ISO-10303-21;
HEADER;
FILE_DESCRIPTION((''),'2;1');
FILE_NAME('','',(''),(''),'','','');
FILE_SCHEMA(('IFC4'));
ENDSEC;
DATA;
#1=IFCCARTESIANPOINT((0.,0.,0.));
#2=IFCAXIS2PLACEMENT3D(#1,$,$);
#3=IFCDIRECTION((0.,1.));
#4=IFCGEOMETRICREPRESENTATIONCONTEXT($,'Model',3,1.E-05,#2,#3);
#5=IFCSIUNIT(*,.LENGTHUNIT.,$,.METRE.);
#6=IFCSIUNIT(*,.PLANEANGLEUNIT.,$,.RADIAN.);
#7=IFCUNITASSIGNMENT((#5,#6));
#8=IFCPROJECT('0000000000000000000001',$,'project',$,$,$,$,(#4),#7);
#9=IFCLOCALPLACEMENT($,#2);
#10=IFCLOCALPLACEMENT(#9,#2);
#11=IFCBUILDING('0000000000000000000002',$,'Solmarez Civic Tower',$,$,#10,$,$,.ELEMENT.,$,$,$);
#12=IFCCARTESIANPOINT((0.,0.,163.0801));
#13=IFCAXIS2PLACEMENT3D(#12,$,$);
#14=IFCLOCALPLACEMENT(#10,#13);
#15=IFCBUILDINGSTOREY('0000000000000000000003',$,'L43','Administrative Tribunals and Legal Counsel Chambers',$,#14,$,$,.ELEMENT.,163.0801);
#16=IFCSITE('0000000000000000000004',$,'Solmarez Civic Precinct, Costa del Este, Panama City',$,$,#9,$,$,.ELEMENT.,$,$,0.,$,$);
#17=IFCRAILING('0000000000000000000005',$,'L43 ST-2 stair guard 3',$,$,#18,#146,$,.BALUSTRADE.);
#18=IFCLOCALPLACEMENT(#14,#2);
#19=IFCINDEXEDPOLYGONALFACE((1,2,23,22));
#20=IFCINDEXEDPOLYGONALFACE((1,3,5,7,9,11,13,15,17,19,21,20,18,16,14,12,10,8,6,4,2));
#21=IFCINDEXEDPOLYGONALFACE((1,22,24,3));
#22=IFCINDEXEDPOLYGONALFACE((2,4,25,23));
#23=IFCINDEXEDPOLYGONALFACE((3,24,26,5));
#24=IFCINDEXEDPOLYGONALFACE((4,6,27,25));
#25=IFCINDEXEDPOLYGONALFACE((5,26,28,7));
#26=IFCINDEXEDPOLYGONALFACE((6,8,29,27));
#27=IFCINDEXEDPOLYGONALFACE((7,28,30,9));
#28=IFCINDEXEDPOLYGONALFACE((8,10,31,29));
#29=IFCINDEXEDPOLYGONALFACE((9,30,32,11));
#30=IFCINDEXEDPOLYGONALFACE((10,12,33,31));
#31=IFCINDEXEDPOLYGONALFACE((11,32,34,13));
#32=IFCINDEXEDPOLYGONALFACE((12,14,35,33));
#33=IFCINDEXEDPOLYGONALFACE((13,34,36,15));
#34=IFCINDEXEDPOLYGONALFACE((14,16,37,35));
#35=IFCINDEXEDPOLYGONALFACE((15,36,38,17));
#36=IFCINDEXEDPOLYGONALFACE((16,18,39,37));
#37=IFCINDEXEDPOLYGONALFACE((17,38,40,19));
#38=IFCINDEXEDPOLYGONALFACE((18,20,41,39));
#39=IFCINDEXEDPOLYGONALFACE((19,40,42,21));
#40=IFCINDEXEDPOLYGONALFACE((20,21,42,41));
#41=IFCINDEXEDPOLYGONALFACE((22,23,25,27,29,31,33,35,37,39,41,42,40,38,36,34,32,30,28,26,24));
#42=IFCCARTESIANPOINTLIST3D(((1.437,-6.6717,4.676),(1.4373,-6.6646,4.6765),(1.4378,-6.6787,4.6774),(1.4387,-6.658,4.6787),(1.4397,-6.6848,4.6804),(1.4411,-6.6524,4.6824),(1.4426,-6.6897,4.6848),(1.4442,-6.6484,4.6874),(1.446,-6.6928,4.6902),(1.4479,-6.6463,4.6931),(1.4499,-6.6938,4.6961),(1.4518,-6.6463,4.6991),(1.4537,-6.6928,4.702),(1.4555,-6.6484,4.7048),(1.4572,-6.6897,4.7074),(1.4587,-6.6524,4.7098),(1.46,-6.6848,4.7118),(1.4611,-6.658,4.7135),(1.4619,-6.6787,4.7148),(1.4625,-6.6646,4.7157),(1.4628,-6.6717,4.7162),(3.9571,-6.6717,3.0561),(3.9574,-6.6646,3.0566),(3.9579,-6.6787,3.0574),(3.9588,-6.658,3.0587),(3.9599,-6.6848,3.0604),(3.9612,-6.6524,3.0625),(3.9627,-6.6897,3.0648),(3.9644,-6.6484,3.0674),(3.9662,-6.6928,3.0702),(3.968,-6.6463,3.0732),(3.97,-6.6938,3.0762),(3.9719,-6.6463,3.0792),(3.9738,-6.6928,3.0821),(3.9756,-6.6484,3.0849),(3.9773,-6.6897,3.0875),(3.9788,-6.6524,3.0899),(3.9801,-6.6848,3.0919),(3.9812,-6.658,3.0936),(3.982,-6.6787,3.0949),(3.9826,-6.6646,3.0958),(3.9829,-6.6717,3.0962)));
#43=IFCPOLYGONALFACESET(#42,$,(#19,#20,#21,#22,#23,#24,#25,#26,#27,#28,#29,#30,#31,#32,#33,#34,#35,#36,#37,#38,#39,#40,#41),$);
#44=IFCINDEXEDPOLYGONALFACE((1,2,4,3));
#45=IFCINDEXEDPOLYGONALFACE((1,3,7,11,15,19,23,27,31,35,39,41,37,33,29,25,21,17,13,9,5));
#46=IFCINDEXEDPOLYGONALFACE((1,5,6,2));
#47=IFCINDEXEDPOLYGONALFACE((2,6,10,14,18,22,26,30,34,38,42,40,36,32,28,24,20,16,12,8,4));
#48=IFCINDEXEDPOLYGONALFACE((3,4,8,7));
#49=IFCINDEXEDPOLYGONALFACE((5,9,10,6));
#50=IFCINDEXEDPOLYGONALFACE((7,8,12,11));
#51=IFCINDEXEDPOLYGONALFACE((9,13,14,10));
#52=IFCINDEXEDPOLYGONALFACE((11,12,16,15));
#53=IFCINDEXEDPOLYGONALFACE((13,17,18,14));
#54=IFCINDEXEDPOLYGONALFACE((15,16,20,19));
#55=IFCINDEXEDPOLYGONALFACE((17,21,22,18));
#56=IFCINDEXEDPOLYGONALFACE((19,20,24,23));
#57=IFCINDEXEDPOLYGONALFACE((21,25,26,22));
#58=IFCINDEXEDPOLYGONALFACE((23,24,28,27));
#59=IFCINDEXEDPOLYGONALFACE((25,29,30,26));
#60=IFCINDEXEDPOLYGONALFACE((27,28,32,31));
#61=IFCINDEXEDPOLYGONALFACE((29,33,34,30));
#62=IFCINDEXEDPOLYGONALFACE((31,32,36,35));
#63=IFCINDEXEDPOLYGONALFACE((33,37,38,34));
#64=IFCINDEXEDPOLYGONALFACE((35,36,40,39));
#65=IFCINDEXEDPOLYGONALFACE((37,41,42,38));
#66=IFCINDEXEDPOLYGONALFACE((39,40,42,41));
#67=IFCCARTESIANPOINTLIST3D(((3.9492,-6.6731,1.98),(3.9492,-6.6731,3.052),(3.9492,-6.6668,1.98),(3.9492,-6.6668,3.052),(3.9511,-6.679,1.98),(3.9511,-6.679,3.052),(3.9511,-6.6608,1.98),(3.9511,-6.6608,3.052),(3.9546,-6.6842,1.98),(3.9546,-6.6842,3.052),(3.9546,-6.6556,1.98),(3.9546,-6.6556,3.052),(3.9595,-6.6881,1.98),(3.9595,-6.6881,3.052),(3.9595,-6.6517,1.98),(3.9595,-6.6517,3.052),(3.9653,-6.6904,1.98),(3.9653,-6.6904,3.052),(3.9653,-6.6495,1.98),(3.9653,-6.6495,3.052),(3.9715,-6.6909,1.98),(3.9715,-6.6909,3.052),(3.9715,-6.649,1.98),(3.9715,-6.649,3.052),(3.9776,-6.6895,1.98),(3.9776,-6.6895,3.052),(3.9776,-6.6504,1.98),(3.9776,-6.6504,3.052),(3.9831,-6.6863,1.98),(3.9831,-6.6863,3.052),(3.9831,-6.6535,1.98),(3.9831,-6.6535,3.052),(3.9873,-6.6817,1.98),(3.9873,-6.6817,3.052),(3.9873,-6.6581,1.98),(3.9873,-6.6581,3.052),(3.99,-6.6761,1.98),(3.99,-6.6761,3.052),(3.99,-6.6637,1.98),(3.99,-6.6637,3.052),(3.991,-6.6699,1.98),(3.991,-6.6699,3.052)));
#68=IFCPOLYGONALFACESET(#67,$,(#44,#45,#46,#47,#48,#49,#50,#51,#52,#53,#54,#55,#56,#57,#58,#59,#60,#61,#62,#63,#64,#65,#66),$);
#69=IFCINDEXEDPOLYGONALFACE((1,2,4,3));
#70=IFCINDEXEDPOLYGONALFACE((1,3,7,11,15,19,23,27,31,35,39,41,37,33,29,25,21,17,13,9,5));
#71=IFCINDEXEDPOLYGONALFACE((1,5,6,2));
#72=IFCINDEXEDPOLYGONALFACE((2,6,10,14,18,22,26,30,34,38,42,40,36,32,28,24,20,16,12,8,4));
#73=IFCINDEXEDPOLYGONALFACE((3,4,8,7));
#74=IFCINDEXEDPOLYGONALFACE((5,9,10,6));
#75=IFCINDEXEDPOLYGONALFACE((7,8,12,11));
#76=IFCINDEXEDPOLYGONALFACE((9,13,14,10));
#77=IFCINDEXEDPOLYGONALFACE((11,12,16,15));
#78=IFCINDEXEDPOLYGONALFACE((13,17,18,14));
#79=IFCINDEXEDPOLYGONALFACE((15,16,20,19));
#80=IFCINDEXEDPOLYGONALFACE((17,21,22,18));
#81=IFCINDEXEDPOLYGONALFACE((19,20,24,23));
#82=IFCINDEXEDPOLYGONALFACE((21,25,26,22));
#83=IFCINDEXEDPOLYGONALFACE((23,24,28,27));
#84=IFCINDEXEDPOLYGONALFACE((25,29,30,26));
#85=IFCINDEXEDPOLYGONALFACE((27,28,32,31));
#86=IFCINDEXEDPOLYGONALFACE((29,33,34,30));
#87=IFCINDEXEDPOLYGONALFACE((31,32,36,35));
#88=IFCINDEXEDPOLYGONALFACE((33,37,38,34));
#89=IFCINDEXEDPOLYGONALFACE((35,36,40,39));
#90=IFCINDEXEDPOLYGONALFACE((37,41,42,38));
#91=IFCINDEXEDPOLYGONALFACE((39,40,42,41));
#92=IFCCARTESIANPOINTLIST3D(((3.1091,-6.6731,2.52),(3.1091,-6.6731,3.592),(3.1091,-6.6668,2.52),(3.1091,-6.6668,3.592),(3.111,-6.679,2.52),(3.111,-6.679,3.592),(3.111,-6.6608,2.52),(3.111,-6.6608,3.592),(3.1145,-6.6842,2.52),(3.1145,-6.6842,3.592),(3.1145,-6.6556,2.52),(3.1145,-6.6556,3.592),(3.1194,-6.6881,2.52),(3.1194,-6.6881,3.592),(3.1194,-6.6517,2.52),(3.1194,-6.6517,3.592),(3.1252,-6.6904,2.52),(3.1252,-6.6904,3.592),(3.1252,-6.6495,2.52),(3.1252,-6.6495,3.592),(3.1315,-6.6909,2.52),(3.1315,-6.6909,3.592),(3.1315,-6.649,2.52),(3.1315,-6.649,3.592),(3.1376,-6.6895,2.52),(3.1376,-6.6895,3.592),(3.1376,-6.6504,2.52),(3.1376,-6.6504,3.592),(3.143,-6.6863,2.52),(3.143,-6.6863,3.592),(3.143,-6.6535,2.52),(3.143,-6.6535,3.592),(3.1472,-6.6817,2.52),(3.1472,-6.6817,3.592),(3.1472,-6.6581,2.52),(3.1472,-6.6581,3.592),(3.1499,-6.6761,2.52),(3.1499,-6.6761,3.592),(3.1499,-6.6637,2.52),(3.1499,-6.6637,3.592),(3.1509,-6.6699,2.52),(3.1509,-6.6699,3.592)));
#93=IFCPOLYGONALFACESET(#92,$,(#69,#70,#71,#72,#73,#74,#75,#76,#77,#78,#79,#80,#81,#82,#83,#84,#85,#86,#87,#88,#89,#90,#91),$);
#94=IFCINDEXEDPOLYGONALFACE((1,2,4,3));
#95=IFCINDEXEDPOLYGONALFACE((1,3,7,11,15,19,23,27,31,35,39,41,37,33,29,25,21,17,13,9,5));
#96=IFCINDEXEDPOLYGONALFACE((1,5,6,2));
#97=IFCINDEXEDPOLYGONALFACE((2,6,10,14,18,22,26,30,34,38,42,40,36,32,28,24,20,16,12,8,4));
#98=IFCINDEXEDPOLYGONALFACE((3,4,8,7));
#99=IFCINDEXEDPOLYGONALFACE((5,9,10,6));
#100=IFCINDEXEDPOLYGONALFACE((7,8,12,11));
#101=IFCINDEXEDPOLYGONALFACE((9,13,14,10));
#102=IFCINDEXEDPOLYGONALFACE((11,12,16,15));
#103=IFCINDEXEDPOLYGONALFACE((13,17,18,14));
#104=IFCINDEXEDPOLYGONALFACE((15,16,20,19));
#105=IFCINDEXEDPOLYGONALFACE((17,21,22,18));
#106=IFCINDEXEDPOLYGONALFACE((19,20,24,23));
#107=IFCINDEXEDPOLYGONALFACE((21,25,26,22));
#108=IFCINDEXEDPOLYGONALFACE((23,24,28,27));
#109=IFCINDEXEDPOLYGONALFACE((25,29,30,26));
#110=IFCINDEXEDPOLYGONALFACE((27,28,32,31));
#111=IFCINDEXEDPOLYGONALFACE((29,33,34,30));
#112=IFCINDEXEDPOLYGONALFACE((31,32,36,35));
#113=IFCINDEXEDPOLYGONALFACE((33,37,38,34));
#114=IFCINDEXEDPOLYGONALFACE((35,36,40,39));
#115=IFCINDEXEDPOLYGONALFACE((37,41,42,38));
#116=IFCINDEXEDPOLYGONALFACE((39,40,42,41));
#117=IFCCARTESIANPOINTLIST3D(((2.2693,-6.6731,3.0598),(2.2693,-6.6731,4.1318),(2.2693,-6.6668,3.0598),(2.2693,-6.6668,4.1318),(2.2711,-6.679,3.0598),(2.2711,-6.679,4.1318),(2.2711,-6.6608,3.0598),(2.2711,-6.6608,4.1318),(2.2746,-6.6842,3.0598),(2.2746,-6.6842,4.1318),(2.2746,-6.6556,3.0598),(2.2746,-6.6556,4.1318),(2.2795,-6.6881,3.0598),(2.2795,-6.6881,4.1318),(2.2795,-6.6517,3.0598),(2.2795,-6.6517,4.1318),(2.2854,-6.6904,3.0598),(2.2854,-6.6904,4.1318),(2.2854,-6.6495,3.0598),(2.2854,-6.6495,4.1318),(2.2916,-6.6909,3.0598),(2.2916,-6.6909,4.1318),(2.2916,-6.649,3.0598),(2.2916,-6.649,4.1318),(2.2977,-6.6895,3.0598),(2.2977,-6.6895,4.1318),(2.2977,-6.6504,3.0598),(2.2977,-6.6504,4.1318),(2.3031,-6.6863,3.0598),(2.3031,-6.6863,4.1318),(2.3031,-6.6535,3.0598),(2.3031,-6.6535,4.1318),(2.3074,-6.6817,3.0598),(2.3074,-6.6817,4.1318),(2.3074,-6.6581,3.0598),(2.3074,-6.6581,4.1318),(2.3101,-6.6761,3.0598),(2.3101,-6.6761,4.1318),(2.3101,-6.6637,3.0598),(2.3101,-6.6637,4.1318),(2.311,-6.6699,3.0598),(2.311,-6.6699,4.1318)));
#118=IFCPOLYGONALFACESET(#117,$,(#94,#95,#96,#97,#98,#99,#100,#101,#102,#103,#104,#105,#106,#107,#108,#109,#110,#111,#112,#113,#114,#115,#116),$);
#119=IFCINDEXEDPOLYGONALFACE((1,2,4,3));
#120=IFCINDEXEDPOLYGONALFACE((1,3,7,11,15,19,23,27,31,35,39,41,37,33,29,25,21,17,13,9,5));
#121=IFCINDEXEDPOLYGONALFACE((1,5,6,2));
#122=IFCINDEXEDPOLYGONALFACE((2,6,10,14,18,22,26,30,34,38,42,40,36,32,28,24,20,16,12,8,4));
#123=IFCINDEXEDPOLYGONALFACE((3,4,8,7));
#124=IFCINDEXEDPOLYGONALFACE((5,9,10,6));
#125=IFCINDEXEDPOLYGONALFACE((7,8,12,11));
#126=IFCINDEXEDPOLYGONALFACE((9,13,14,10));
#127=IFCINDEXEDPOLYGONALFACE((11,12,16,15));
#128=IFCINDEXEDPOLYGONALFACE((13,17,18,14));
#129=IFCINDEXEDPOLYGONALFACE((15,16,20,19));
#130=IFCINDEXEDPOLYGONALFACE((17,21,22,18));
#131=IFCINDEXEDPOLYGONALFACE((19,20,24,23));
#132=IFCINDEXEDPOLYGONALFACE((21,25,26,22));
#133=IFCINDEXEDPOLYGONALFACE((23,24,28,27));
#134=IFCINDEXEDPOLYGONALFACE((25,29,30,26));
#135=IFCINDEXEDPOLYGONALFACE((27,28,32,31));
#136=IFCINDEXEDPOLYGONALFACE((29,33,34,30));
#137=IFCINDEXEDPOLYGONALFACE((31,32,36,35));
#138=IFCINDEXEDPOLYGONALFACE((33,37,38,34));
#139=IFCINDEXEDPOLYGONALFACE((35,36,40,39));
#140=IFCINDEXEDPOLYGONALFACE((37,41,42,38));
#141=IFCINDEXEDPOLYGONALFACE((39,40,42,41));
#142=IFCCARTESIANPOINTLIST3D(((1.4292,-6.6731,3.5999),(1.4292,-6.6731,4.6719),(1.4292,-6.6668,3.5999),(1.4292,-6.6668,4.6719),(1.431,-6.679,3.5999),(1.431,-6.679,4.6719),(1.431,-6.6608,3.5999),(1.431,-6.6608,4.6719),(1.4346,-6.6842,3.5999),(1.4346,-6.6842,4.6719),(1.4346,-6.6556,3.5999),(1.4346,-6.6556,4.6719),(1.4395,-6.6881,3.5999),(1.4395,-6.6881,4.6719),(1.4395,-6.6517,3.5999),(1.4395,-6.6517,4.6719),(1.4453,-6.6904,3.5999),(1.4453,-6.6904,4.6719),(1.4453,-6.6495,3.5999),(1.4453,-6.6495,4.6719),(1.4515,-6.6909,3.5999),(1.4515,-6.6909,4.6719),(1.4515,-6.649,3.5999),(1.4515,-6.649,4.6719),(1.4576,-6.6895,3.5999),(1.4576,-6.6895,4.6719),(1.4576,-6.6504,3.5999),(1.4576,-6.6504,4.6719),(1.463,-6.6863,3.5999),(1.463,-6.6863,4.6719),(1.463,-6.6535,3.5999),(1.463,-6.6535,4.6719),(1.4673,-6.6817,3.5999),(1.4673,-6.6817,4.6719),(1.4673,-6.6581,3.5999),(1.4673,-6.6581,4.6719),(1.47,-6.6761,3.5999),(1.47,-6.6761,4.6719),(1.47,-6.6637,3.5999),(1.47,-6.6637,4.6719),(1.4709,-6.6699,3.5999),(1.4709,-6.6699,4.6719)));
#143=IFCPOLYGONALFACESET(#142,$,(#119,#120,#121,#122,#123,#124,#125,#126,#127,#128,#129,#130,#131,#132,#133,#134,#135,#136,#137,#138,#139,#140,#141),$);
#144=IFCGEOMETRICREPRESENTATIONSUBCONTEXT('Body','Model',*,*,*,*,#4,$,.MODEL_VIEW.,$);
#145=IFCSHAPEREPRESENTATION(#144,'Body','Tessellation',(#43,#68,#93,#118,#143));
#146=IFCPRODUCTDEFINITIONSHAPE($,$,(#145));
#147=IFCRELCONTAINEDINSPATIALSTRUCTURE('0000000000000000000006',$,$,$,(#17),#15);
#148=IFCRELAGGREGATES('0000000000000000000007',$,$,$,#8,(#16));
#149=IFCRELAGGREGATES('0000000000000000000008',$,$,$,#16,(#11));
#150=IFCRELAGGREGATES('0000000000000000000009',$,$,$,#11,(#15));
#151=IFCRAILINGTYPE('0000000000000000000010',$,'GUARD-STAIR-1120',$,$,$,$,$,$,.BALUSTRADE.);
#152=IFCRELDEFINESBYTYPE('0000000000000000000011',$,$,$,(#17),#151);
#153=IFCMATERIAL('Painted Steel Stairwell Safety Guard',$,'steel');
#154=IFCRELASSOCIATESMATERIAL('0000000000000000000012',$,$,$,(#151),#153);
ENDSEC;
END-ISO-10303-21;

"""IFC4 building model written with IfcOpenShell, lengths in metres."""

from ifc_helpers import new_model, si_unit, direction, frame, origin, origin_2d, place, context, subcontext, project, spatial, circle, extrude, material, type_object, element, save


model = new_model("IFC4")

# Units and contexts
model_context = context("Model", 3, precision=1e-05, world=origin(), true_north=direction((0.0, 1.0)))
body_context = subcontext(model_context, "Body", "Model", "MODEL_VIEW")
ifc_project = project(units=[si_unit("LENGTHUNIT", "METRE"), si_unit("PLANEANGLEUNIT", "RADIAN")], contexts=[model_context])

# Site, building, storey
site_placement = place(None, origin())
site = spatial("IfcSite", under=ifc_project, at=site_placement, Name="Solmarez Civic Precinct, Costa del Este, Panama City", CompositionType="ELEMENT", RefElevation=0.0)
building_placement = place(site_placement, origin())
building = spatial("IfcBuilding", under=site, at=building_placement, Name="Solmarez Civic Tower", CompositionType="ELEMENT")
storey_placement = place(building_placement, frame((0.0, 0.0, 163.0801)))
storey = spatial("IfcBuildingStorey", under=building, at=storey_placement, Name="L43", Description="Administrative Tribunals and Legal Counsel Chambers", CompositionType="ELEMENT", Elevation=163.0801)

# Railing
ifc_material_1 = material(Name="Painted Steel Stairwell Safety Guard", Category="steel")
railing_type_1 = type_object("IfcRailingType", Name="GUARD-STAIR-1120", PredefinedType="BALUSTRADE", material=ifc_material_1)
railing_1_placement = place(storey_placement, frame((3.97, -6.6699, 1.98)))
element("IfcRailing", 1, at=railing_1_placement, inside=storey, type_object=railing_type_1, Name="L43 ST-2 stair guard 3", PredefinedType="BALUSTRADE", context=body_context, shape_type="SweptSolid", body=[
    extrude(circle(Radius=0.0239, at=origin_2d()), frame((0.0, 0.0, 1.0962), z_axis=(-0.8412, 0.0, 0.540725), x_axis=(0.0, -1.0, 0.0)), (0.0, 0.0, 1.0), 2.9958),
    extrude(circle(Radius=0.021, at=origin_2d()), origin(), (0.0, 0.0, 1.0), 1.072),
    extrude(circle(Radius=0.021, at=origin_2d()), frame((-0.8401, 0.0, 0.54)), (0.0, 0.0, 1.0), 1.072),
    extrude(circle(Radius=0.021, at=origin_2d()), frame((-1.6799, 0.0, 1.0798)), (0.0, 0.0, 1.0), 1.072),
    extrude(circle(Radius=0.021, at=origin_2d()), frame((-2.52, 0.0, 1.6199)), (0.0, 0.0, 1.0), 1.072),
])

save(model, "model.ifc")
